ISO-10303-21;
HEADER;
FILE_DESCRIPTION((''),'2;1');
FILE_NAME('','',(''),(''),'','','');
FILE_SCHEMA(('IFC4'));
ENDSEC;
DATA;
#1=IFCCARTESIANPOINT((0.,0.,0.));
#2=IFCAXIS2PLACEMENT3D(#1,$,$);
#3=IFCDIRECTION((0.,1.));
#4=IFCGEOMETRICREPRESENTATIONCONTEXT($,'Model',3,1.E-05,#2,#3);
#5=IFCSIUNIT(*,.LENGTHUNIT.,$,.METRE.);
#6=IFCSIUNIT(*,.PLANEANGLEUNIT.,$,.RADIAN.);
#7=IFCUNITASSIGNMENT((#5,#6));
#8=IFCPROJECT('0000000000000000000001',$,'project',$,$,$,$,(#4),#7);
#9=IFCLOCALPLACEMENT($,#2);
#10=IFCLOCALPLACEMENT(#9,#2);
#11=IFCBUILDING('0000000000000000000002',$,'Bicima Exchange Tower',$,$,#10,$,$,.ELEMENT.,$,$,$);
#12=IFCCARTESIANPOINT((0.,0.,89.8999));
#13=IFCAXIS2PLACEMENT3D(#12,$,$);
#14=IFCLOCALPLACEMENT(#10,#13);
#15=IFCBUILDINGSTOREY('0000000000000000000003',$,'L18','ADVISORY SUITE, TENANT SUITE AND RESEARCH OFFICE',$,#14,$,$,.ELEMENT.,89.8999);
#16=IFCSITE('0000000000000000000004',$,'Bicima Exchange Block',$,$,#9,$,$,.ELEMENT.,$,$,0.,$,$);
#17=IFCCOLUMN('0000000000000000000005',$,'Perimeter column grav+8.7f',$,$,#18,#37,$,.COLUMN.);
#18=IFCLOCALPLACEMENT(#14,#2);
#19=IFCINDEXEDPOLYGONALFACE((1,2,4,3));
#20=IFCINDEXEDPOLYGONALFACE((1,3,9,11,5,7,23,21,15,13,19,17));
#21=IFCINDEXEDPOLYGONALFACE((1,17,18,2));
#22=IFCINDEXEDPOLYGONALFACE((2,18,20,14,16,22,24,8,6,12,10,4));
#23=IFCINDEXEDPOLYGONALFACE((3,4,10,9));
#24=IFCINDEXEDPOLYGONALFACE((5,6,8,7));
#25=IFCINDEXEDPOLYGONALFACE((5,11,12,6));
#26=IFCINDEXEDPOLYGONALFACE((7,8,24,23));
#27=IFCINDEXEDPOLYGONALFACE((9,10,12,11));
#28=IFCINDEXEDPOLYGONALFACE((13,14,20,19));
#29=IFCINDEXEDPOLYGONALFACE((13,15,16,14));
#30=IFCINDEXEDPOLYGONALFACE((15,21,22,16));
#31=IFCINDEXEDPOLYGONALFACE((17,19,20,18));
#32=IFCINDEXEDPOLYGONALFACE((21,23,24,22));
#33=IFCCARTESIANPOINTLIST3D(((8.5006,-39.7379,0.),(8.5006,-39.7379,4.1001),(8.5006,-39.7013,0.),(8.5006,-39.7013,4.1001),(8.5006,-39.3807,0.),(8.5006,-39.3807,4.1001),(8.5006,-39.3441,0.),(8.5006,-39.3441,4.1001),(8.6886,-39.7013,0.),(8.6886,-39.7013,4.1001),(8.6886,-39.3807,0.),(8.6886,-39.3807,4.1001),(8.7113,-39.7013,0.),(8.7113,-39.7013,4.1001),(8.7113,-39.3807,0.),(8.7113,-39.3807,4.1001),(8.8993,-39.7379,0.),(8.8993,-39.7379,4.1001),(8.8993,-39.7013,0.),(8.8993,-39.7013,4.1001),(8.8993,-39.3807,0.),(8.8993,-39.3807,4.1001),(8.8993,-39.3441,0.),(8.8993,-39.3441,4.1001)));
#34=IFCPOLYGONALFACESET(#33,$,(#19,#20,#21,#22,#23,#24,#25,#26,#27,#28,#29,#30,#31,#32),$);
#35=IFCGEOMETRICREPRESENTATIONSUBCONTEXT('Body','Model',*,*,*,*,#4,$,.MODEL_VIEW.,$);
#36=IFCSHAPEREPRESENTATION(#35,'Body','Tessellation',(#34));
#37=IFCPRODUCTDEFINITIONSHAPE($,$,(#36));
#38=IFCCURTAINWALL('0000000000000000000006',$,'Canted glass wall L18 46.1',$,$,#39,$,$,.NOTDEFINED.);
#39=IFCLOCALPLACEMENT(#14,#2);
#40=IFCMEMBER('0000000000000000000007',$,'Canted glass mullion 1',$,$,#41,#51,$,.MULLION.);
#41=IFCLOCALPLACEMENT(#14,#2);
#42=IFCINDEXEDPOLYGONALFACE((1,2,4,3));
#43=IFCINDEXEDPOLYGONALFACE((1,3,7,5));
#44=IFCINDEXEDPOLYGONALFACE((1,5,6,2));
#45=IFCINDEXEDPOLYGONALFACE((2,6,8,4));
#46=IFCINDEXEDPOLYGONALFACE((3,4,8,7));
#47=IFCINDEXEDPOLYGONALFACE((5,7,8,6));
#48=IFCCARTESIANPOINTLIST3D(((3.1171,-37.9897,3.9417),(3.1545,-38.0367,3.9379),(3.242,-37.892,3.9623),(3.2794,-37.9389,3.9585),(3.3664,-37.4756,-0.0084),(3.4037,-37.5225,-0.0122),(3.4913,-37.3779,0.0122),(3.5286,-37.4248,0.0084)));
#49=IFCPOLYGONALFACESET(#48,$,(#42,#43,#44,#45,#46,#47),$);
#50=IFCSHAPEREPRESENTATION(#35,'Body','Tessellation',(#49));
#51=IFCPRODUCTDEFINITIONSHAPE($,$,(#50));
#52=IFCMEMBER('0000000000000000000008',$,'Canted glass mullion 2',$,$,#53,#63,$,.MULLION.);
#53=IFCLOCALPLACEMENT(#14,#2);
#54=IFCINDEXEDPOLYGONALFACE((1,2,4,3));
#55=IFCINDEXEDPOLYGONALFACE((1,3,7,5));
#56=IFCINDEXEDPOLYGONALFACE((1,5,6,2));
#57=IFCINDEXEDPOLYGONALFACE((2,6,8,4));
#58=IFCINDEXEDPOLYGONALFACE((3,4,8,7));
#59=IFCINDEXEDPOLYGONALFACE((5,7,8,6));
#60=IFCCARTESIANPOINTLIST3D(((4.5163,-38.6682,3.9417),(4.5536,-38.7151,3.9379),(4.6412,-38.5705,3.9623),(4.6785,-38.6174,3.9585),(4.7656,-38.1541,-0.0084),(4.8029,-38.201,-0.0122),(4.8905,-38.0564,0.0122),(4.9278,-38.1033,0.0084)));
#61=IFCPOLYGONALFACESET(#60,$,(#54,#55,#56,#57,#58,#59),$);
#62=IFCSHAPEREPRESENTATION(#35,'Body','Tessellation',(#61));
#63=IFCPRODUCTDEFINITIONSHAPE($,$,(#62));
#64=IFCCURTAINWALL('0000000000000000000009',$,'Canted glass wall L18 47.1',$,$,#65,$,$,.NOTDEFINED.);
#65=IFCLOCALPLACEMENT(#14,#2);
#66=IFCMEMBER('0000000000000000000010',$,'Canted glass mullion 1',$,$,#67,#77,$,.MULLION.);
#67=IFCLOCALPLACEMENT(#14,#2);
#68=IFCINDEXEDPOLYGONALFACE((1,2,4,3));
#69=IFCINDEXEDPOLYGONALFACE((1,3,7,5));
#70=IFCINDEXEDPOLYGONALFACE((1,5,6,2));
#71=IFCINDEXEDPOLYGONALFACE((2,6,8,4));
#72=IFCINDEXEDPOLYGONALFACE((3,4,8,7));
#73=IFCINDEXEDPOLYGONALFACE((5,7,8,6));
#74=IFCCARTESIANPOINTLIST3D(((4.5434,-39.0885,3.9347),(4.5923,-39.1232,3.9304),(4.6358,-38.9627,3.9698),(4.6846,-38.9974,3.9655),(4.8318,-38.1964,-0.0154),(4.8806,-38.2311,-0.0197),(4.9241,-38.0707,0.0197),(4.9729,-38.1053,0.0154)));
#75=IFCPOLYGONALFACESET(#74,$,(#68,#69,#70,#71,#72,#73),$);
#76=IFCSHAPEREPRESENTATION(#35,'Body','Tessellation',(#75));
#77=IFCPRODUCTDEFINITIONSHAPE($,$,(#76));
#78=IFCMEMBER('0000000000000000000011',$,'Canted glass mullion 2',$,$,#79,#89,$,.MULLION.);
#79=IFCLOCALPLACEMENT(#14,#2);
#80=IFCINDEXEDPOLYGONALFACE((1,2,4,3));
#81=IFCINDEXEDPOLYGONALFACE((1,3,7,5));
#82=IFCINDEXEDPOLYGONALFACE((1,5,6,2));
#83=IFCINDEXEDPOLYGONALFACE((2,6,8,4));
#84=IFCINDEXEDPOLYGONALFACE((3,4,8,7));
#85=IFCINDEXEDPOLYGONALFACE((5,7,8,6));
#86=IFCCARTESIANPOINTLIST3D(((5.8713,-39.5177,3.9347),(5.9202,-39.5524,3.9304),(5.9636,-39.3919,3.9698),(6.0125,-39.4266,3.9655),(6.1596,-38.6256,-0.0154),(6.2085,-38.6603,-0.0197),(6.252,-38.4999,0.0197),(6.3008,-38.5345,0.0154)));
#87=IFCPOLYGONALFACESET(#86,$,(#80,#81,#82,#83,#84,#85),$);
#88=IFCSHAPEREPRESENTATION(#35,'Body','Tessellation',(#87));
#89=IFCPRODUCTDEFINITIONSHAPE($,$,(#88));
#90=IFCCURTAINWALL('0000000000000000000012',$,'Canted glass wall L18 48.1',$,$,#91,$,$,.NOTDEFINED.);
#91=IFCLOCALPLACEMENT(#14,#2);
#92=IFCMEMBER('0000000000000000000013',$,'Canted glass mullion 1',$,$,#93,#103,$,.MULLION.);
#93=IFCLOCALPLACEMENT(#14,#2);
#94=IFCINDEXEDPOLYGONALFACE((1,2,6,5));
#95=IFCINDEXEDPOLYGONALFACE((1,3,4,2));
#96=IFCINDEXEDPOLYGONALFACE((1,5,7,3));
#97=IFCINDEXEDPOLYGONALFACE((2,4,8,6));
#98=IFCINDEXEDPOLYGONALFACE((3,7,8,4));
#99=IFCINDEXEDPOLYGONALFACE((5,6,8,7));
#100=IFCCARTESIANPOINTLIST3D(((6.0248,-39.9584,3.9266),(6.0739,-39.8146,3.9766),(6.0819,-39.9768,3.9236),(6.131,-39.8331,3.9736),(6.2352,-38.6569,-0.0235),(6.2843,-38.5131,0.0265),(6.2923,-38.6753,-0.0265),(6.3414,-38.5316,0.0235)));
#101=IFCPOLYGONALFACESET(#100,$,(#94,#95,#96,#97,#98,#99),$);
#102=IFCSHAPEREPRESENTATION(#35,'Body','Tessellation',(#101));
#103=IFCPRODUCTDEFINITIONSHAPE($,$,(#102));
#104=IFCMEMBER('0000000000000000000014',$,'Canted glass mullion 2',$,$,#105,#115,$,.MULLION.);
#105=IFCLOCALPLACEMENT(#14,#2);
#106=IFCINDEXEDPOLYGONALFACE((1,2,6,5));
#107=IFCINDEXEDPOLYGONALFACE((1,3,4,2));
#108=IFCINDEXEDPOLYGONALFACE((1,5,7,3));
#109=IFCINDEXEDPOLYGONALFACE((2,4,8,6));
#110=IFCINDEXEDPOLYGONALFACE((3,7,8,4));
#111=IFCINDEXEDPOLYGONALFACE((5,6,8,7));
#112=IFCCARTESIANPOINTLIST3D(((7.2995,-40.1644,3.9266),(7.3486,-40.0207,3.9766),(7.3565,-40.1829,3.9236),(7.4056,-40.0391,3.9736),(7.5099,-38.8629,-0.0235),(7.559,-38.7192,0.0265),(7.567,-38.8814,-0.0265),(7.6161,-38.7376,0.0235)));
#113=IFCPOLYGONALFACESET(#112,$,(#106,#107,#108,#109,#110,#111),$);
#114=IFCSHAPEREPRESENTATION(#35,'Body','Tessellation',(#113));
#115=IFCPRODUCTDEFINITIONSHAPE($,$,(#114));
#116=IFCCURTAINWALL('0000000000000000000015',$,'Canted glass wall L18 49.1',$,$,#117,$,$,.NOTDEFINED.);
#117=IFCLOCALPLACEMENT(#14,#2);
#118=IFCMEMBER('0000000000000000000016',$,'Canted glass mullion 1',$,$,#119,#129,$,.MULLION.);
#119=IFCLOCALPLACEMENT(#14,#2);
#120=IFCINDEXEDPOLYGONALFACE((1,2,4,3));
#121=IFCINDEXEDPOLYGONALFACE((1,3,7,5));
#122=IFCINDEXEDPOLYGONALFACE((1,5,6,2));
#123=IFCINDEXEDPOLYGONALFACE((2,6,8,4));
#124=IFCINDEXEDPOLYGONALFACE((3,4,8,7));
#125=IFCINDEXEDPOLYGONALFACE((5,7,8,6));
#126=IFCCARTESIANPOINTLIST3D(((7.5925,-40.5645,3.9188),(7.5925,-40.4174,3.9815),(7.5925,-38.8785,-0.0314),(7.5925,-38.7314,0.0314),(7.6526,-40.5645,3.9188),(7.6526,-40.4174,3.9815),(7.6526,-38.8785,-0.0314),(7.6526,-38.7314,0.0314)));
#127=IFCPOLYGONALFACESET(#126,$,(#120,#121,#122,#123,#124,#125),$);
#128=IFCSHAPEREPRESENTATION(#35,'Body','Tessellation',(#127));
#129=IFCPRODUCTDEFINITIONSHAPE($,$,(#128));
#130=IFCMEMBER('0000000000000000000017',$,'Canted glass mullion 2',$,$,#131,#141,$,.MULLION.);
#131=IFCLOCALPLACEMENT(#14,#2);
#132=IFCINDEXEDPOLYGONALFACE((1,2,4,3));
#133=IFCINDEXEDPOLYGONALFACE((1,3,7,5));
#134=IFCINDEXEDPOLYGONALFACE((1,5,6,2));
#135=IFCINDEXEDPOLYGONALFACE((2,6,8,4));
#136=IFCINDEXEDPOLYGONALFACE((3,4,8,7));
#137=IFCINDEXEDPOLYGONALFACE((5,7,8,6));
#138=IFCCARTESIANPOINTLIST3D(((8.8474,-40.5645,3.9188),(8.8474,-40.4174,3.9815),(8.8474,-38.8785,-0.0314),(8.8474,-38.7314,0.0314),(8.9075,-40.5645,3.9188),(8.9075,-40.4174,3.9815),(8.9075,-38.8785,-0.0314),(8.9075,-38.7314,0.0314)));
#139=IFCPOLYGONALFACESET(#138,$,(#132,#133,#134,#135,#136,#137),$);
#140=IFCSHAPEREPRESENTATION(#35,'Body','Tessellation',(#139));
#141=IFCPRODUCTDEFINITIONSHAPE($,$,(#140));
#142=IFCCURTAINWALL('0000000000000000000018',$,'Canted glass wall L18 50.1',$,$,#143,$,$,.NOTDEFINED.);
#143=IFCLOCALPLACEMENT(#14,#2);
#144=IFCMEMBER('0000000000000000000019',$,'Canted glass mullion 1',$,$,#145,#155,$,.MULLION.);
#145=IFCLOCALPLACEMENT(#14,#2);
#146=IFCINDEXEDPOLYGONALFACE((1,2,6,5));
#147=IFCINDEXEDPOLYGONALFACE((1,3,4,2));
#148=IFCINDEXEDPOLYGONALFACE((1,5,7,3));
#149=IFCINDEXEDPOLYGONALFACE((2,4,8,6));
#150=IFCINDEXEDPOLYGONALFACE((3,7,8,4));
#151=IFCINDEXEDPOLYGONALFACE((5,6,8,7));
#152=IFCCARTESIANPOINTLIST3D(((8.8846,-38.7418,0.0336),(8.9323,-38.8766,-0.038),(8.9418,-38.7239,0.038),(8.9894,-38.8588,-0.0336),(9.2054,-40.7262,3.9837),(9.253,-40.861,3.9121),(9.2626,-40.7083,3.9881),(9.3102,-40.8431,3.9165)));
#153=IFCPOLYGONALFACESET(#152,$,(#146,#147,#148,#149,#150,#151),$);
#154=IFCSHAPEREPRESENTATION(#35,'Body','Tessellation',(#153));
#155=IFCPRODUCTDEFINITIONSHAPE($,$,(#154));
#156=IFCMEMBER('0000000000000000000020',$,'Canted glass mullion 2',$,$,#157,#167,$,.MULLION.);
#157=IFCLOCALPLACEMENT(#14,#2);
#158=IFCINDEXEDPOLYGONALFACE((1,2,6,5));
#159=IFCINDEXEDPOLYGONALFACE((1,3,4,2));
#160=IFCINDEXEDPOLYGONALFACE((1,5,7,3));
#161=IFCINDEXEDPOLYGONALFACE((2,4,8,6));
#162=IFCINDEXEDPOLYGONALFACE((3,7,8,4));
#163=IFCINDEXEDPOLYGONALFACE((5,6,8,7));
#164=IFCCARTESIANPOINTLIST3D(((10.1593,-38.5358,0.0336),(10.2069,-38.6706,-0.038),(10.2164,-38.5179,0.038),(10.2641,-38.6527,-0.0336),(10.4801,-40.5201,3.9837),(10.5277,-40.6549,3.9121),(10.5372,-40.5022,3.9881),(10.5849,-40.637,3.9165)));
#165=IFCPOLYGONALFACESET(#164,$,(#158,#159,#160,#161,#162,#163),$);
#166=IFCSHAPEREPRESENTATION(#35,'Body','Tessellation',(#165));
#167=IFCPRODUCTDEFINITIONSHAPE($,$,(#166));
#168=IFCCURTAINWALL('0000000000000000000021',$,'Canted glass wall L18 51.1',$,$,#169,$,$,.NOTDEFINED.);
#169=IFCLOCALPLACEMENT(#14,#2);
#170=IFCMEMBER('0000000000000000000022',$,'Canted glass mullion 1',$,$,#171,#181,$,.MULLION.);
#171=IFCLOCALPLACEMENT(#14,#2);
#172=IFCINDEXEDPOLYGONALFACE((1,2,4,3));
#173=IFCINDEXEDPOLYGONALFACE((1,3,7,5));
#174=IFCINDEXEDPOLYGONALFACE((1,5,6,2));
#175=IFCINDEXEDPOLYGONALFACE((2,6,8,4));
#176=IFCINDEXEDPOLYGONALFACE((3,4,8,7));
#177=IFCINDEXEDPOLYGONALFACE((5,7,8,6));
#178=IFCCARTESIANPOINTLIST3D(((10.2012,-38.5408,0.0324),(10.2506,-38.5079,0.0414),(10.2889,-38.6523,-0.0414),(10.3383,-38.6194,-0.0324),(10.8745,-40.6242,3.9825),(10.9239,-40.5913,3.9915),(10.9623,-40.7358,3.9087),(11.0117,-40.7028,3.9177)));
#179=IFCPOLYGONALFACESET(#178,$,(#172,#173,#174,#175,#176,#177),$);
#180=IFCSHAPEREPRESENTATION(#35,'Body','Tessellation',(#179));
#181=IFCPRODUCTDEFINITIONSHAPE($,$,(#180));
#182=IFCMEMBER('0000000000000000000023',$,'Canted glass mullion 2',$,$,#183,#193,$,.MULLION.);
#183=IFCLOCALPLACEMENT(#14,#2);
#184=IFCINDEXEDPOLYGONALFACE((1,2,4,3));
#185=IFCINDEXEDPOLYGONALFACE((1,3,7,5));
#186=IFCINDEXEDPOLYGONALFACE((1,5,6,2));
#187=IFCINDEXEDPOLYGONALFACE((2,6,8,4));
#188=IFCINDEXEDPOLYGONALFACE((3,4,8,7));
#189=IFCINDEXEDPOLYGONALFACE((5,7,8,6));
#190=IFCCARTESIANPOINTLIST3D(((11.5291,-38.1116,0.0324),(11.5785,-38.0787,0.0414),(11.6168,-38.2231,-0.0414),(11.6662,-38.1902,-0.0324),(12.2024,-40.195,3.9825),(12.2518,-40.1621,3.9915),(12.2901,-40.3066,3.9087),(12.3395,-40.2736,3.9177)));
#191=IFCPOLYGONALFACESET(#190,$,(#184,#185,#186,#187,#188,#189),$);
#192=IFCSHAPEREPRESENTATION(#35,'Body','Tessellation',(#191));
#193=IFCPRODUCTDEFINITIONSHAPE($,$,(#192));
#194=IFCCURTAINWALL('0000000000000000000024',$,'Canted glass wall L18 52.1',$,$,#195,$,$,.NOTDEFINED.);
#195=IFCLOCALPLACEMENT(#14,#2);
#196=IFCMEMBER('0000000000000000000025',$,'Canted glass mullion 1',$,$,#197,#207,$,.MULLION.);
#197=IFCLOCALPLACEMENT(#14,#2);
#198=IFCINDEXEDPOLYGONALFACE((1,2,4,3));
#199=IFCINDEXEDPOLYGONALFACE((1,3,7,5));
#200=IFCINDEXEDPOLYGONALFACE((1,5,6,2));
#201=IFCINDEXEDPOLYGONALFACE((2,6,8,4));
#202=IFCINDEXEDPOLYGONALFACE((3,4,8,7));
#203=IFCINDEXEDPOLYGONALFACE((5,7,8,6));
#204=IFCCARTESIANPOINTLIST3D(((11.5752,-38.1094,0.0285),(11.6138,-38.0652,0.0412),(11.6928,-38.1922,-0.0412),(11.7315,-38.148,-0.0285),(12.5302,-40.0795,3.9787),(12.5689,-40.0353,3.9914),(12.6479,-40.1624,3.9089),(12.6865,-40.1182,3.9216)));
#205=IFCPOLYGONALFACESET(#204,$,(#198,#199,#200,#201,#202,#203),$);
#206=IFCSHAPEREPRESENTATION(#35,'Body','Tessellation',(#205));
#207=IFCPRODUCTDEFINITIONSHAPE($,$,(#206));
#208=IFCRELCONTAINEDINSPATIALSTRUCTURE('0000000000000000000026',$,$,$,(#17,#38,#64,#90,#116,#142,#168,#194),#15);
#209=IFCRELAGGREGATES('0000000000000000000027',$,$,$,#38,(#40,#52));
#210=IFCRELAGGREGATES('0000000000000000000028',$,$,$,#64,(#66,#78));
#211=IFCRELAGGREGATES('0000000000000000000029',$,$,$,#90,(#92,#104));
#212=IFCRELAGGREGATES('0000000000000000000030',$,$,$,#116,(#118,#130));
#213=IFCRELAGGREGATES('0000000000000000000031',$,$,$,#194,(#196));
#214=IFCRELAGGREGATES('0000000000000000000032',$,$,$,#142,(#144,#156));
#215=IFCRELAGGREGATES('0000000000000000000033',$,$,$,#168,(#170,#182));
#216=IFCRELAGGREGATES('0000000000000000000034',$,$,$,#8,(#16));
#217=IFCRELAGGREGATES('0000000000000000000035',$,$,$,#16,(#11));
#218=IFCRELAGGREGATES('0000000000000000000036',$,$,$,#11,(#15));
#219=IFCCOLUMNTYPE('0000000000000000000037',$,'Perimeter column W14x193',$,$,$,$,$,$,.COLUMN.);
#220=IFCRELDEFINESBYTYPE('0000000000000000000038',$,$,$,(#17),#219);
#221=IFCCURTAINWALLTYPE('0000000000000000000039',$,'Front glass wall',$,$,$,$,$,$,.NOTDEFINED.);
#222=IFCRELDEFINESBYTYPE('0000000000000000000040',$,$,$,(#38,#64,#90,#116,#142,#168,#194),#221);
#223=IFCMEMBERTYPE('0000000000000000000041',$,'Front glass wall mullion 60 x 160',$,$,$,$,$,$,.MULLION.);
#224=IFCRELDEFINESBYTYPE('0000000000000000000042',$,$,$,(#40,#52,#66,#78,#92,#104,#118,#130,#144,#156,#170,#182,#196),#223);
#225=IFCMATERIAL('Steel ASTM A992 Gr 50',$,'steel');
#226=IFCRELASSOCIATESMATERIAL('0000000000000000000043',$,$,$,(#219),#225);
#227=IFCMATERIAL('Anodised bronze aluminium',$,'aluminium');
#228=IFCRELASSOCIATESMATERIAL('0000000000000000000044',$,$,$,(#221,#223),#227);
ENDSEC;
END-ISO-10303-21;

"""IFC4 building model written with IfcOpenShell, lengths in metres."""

from ifc_helpers import new_model, si_unit, direction, frame, origin, origin_2d, place, context, subcontext, project, spatial, rectangle, i_section, extrude, material, material_profile, profile_set, type_object, element, aggregate, save


model = new_model("IFC4")

# Units and contexts
model_context = context("Model", 3, precision=1e-05, world=origin(), true_north=direction((0.0, 1.0)))
body_context = subcontext(model_context, "Body", "Model", "MODEL_VIEW")
ifc_project = project(units=[si_unit("LENGTHUNIT", "METRE"), si_unit("PLANEANGLEUNIT", "RADIAN")], contexts=[model_context])

# Site, building, storey
site_placement = place(None, origin())
site = spatial("IfcSite", under=ifc_project, at=site_placement, Name="Bicima Exchange Block", CompositionType="ELEMENT", RefElevation=0.0)
building_placement = place(site_placement, origin())
building = spatial("IfcBuilding", under=site, at=building_placement, Name="Bicima Exchange Tower", CompositionType="ELEMENT")
storey_placement = place(building_placement, frame((0.0, 0.0, 89.8999)))
storey = spatial("IfcBuildingStorey", under=building, at=storey_placement, Name="L18", Description="ADVISORY SUITE, TENANT SUITE AND RESEARCH OFFICE", CompositionType="ELEMENT", Elevation=89.8999)

# Column
ifc_material_1 = material(Name="Steel ASTM A992 Gr 50", Category="steel")
ifc_material_profile_1 = material_profile(ifc_material_1, i_section(OverallWidth=0.3987, OverallDepth=0.3938, WebThickness=0.0227, FlangeThickness=0.0366, at=origin_2d()))
ifc_profile_set_1 = profile_set([ifc_material_profile_1], Name="Steel ASTM A992 Gr 50")
column_type = type_object("IfcColumnType", Name="Perimeter column W14x193", PredefinedType="COLUMN", material=ifc_profile_set_1)
column_placement = place(storey_placement, frame((8.7, -39.541, 0.0), z_axis=(0.0, 0.0, 1.0), x_axis=(1.0, 0.0, 0.0)))
element("IfcColumn", 1, at=column_placement, inside=storey, type_object=column_type, Name="Perimeter column grav+8.7f", PredefinedType="COLUMN", context=body_context, shape_type="SweptSolid", body=[
    extrude(i_section(OverallWidth=0.3987, OverallDepth=0.3938, WebThickness=0.0227, FlangeThickness=0.0366, at=origin_2d()), origin(), (0.0, 0.0, 1.0), 4.1001),
])

# Curtain walls, members
ifc_material_2 = material(Name="Anodised bronze aluminium", Category="aluminium")
curtain_wall_type = type_object("IfcCurtainWallType", Name="Front glass wall", PredefinedType="NOTDEFINED", material=ifc_material_2)
curtain_wall_1_placement = place(storey_placement, origin())
curtain_wall_1 = element("IfcCurtainWall", 2, at=curtain_wall_1_placement, inside=storey, type_object=curtain_wall_type, Name="Canted glass wall L18 46.1", PredefinedType="NOTDEFINED")
ifc_material_profile_2 = material_profile(ifc_material_2, rectangle(XDim=0.1599, YDim=0.0601, at=origin_2d()))
ifc_profile_set_2 = profile_set([ifc_material_profile_2], Name="Anodised bronze aluminium")
member_type_1 = type_object("IfcMemberType", Name="Front glass wall mullion 60 x 160", PredefinedType="MULLION", material=ifc_profile_set_2)
member_1_placement = place(storey_placement, frame((3.4475, -37.4502, 0.0), z_axis=(-0.062453, -0.12882, 0.989699), x_axis=(0.781052, 0.611035, 0.128819)))
member_1 = element("IfcMember", 3, at=member_1_placement, type_object=member_type_1, Name="Canted glass mullion 1", PredefinedType="MULLION", context=body_context, shape_type="SweptSolid", body=[
    extrude(rectangle(XDim=0.1599, YDim=0.0601, at=origin_2d()), origin(), (0.0, 0.0, 1.0), 3.9912),
])
member_2_placement = place(storey_placement, frame((4.8467, -38.1287, 0.0), z_axis=(-0.062453, -0.12882, 0.989699), x_axis=(0.781052, 0.611035, 0.128819)))
member_2 = element("IfcMember", 4, at=member_2_placement, type_object=member_type_1, Name="Canted glass mullion 2", PredefinedType="MULLION", context=body_context, shape_type="SweptSolid", body=[
    extrude(rectangle(XDim=0.1599, YDim=0.0601, at=origin_2d()), origin(), (0.0, 0.0, 1.0), 3.9912),
])
curtain_wall_2_placement = place(storey_placement, origin())
curtain_wall_2 = element("IfcCurtainWall", 5, at=curtain_wall_2_placement, inside=storey, type_object=curtain_wall_type, Name="Canted glass wall L18 47.1", PredefinedType="NOTDEFINED")
member_3_placement = place(storey_placement, frame((4.9023, -38.1509, 0.0), z_axis=(-0.071019, -0.219731, 0.972972), x_axis=(0.577403, 0.786337, 0.219727)))
member_3 = element("IfcMember", 6, at=member_3_placement, type_object=member_type_1, Name="Canted glass mullion 1", PredefinedType="MULLION", context=body_context, shape_type="SweptSolid", body=[
    extrude(rectangle(XDim=0.1599, YDim=0.0601, at=origin_2d()), origin(), (0.0, 0.0, 1.0), 4.0598),
])
member_4_placement = place(storey_placement, frame((6.2302, -38.5801, 0.0), z_axis=(-0.071019, -0.219731, 0.972972), x_axis=(0.577403, 0.786337, 0.219727)))
member_4 = element("IfcMember", 7, at=member_4_placement, type_object=member_type_1, Name="Canted glass mullion 2", PredefinedType="MULLION", context=body_context, shape_type="SweptSolid", body=[
    extrude(rectangle(XDim=0.1599, YDim=0.0601, at=origin_2d()), origin(), (0.0, 0.0, 1.0), 4.0598),
])
curtain_wall_3_placement = place(storey_placement, origin())
curtain_wall_3 = element("IfcCurtainWall", 8, at=curtain_wall_3_placement, inside=storey, type_object=curtain_wall_type, Name="Canted glass wall L18 48.1", PredefinedType="NOTDEFINED")
member_5_placement = place(storey_placement, frame((6.2883, -38.5942, 0.0), z_axis=(-0.050535, -0.312533, 0.948562), x_axis=(0.306995, 0.89893, 0.312536)))
member_5 = element("IfcMember", 9, at=member_5_placement, type_object=member_type_1, Name="Canted glass mullion 1", PredefinedType="MULLION", context=body_context, shape_type="SweptSolid", body=[
    extrude(rectangle(XDim=0.1599, YDim=0.0601, at=origin_2d()), origin(), (0.0, 0.0, 1.0), 4.1643),
])
member_6_placement = place(storey_placement, frame((7.563, -38.8003, 0.0), z_axis=(-0.050535, -0.312533, 0.948562), x_axis=(0.306995, 0.89893, 0.312536)))
member_6 = element("IfcMember", 10, at=member_6_placement, type_object=member_type_1, Name="Canted glass mullion 2", PredefinedType="MULLION", context=body_context, shape_type="SweptSolid", body=[
    extrude(rectangle(XDim=0.1599, YDim=0.0601, at=origin_2d()), origin(), (0.0, 0.0, 1.0), 4.1643),
])
curtain_wall_4_placement = place(storey_placement, origin())
curtain_wall_4 = element("IfcCurtainWall", 11, at=curtain_wall_4_placement, inside=storey, type_object=curtain_wall_type, Name="Canted glass wall L18 49.1", PredefinedType="NOTDEFINED")
member_7_placement = place(storey_placement, frame((7.6226, -38.8049, 0.0), z_axis=(0.0, -0.392561, 0.919726), x_axis=(0.0, 0.919726, 0.392561)))
member_7 = element("IfcMember", 12, at=member_7_placement, type_object=member_type_1, Name="Canted glass mullion 1", PredefinedType="MULLION", context=body_context, shape_type="SweptSolid", body=[
    extrude(rectangle(XDim=0.1599, YDim=0.0601, at=origin_2d()), origin(), (0.0, 0.0, 1.0), 4.2949),
])
member_8_placement = place(storey_placement, frame((8.8774, -38.8049, 0.0), z_axis=(0.0, -0.392561, 0.919726), x_axis=(0.0, 0.919726, 0.392561)))
member_8 = element("IfcMember", 13, at=member_8_placement, type_object=member_type_1, Name="Canted glass mullion 2", PredefinedType="MULLION", context=body_context, shape_type="SweptSolid", body=[
    extrude(rectangle(XDim=0.1599, YDim=0.0601, at=origin_2d()), origin(), (0.0, 0.0, 1.0), 4.2949),
])
curtain_wall_5_placement = place(storey_placement, origin())
curtain_wall_5 = element("IfcCurtainWall", 14, at=curtain_wall_5_placement, inside=storey, type_object=curtain_wall_type, Name="Canted glass wall L18 50.1", PredefinedType="NOTDEFINED")
member_9_placement = place(storey_placement, frame((8.937, -38.8003, 0.0), z_axis=(0.072379, -0.447714, 0.891242), x_axis=(-0.297936, 0.84308, 0.447716)))
member_9 = element("IfcMember", 15, at=member_9_placement, type_object=member_type_1, Name="Canted glass mullion 1", PredefinedType="MULLION", context=body_context, shape_type="SweptSolid", body=[
    extrude(rectangle(XDim=0.1599, YDim=0.0601, at=origin_2d()), origin(), (0.0, 0.0, 1.0), 4.4321),
])
member_10_placement = place(storey_placement, frame((10.2117, -38.5942, 0.0), z_axis=(0.072379, -0.447714, 0.891242), x_axis=(-0.297936, 0.84308, 0.447716)))
member_10 = element("IfcMember", 16, at=member_10_placement, type_object=member_type_1, Name="Canted glass mullion 2", PredefinedType="MULLION", context=body_context, shape_type="SweptSolid", body=[
    extrude(rectangle(XDim=0.1599, YDim=0.0601, at=origin_2d()), origin(), (0.0, 0.0, 1.0), 4.4321),
])
curtain_wall_6_placement = place(storey_placement, origin())
curtain_wall_6 = element("IfcCurtainWall", 17, at=curtain_wall_6_placement, inside=storey, type_object=curtain_wall_type, Name="Canted glass wall L18 51.1", PredefinedType="NOTDEFINED")
member_11_placement = place(storey_placement, frame((10.2698, -38.5801, 0.0), z_axis=(0.149086, -0.461312, 0.874623), x_axis=(-0.548603, 0.697306, 0.461301)))
member_11 = element("IfcMember", 18, at=member_11_placement, type_object=member_type_1, Name="Canted glass mullion 1", PredefinedType="MULLION", context=body_context, shape_type="SweptSolid", body=[
    extrude(rectangle(XDim=0.1599, YDim=0.0601, at=origin_2d()), origin(), (0.0, 0.0, 1.0), 4.5164),
])
member_12_placement = place(storey_placement, frame((11.5977, -38.1509, 0.0), z_axis=(0.149086, -0.461312, 0.874623), x_axis=(-0.548603, 0.697306, 0.461301)))
member_12 = element("IfcMember", 19, at=member_12_placement, type_object=member_type_1, Name="Canted glass mullion 2", PredefinedType="MULLION", context=body_context, shape_type="SweptSolid", body=[
    extrude(rectangle(XDim=0.1599, YDim=0.0601, at=origin_2d()), origin(), (0.0, 0.0, 1.0), 4.5164),
])

# Curtain wall, member
curtain_wall_7_placement = place(storey_placement, origin())
curtain_wall_7 = element("IfcCurtainWall", 20, at=curtain_wall_7_placement, inside=storey, type_object=curtain_wall_type, Name="Canted glass wall L18 52.1", PredefinedType="NOTDEFINED")
member_13_placement = place(storey_placement, frame((11.6533, -38.1287, 0.0), z_axis=(0.211468, -0.436235, 0.874632), x_axis=(-0.735863, 0.517894, 0.436224)))
member_13 = element("IfcMember", 21, at=member_13_placement, type_object=member_type_1, Name="Canted glass mullion 1", PredefinedType="MULLION", context=body_context, shape_type="SweptSolid", body=[
    extrude(rectangle(XDim=0.1599, YDim=0.0601, at=origin_2d()), origin(), (0.0, 0.0, 1.0), 4.5164),
])

aggregate(curtain_wall_1, [member_1, member_2])
aggregate(curtain_wall_2, [member_3, member_4])
aggregate(curtain_wall_3, [member_5, member_6])
aggregate(curtain_wall_4, [member_7, member_8])
aggregate(curtain_wall_7, [member_13])
aggregate(curtain_wall_5, [member_9, member_10])
aggregate(curtain_wall_6, [member_11, member_12])

save(model, "model.ifc")
